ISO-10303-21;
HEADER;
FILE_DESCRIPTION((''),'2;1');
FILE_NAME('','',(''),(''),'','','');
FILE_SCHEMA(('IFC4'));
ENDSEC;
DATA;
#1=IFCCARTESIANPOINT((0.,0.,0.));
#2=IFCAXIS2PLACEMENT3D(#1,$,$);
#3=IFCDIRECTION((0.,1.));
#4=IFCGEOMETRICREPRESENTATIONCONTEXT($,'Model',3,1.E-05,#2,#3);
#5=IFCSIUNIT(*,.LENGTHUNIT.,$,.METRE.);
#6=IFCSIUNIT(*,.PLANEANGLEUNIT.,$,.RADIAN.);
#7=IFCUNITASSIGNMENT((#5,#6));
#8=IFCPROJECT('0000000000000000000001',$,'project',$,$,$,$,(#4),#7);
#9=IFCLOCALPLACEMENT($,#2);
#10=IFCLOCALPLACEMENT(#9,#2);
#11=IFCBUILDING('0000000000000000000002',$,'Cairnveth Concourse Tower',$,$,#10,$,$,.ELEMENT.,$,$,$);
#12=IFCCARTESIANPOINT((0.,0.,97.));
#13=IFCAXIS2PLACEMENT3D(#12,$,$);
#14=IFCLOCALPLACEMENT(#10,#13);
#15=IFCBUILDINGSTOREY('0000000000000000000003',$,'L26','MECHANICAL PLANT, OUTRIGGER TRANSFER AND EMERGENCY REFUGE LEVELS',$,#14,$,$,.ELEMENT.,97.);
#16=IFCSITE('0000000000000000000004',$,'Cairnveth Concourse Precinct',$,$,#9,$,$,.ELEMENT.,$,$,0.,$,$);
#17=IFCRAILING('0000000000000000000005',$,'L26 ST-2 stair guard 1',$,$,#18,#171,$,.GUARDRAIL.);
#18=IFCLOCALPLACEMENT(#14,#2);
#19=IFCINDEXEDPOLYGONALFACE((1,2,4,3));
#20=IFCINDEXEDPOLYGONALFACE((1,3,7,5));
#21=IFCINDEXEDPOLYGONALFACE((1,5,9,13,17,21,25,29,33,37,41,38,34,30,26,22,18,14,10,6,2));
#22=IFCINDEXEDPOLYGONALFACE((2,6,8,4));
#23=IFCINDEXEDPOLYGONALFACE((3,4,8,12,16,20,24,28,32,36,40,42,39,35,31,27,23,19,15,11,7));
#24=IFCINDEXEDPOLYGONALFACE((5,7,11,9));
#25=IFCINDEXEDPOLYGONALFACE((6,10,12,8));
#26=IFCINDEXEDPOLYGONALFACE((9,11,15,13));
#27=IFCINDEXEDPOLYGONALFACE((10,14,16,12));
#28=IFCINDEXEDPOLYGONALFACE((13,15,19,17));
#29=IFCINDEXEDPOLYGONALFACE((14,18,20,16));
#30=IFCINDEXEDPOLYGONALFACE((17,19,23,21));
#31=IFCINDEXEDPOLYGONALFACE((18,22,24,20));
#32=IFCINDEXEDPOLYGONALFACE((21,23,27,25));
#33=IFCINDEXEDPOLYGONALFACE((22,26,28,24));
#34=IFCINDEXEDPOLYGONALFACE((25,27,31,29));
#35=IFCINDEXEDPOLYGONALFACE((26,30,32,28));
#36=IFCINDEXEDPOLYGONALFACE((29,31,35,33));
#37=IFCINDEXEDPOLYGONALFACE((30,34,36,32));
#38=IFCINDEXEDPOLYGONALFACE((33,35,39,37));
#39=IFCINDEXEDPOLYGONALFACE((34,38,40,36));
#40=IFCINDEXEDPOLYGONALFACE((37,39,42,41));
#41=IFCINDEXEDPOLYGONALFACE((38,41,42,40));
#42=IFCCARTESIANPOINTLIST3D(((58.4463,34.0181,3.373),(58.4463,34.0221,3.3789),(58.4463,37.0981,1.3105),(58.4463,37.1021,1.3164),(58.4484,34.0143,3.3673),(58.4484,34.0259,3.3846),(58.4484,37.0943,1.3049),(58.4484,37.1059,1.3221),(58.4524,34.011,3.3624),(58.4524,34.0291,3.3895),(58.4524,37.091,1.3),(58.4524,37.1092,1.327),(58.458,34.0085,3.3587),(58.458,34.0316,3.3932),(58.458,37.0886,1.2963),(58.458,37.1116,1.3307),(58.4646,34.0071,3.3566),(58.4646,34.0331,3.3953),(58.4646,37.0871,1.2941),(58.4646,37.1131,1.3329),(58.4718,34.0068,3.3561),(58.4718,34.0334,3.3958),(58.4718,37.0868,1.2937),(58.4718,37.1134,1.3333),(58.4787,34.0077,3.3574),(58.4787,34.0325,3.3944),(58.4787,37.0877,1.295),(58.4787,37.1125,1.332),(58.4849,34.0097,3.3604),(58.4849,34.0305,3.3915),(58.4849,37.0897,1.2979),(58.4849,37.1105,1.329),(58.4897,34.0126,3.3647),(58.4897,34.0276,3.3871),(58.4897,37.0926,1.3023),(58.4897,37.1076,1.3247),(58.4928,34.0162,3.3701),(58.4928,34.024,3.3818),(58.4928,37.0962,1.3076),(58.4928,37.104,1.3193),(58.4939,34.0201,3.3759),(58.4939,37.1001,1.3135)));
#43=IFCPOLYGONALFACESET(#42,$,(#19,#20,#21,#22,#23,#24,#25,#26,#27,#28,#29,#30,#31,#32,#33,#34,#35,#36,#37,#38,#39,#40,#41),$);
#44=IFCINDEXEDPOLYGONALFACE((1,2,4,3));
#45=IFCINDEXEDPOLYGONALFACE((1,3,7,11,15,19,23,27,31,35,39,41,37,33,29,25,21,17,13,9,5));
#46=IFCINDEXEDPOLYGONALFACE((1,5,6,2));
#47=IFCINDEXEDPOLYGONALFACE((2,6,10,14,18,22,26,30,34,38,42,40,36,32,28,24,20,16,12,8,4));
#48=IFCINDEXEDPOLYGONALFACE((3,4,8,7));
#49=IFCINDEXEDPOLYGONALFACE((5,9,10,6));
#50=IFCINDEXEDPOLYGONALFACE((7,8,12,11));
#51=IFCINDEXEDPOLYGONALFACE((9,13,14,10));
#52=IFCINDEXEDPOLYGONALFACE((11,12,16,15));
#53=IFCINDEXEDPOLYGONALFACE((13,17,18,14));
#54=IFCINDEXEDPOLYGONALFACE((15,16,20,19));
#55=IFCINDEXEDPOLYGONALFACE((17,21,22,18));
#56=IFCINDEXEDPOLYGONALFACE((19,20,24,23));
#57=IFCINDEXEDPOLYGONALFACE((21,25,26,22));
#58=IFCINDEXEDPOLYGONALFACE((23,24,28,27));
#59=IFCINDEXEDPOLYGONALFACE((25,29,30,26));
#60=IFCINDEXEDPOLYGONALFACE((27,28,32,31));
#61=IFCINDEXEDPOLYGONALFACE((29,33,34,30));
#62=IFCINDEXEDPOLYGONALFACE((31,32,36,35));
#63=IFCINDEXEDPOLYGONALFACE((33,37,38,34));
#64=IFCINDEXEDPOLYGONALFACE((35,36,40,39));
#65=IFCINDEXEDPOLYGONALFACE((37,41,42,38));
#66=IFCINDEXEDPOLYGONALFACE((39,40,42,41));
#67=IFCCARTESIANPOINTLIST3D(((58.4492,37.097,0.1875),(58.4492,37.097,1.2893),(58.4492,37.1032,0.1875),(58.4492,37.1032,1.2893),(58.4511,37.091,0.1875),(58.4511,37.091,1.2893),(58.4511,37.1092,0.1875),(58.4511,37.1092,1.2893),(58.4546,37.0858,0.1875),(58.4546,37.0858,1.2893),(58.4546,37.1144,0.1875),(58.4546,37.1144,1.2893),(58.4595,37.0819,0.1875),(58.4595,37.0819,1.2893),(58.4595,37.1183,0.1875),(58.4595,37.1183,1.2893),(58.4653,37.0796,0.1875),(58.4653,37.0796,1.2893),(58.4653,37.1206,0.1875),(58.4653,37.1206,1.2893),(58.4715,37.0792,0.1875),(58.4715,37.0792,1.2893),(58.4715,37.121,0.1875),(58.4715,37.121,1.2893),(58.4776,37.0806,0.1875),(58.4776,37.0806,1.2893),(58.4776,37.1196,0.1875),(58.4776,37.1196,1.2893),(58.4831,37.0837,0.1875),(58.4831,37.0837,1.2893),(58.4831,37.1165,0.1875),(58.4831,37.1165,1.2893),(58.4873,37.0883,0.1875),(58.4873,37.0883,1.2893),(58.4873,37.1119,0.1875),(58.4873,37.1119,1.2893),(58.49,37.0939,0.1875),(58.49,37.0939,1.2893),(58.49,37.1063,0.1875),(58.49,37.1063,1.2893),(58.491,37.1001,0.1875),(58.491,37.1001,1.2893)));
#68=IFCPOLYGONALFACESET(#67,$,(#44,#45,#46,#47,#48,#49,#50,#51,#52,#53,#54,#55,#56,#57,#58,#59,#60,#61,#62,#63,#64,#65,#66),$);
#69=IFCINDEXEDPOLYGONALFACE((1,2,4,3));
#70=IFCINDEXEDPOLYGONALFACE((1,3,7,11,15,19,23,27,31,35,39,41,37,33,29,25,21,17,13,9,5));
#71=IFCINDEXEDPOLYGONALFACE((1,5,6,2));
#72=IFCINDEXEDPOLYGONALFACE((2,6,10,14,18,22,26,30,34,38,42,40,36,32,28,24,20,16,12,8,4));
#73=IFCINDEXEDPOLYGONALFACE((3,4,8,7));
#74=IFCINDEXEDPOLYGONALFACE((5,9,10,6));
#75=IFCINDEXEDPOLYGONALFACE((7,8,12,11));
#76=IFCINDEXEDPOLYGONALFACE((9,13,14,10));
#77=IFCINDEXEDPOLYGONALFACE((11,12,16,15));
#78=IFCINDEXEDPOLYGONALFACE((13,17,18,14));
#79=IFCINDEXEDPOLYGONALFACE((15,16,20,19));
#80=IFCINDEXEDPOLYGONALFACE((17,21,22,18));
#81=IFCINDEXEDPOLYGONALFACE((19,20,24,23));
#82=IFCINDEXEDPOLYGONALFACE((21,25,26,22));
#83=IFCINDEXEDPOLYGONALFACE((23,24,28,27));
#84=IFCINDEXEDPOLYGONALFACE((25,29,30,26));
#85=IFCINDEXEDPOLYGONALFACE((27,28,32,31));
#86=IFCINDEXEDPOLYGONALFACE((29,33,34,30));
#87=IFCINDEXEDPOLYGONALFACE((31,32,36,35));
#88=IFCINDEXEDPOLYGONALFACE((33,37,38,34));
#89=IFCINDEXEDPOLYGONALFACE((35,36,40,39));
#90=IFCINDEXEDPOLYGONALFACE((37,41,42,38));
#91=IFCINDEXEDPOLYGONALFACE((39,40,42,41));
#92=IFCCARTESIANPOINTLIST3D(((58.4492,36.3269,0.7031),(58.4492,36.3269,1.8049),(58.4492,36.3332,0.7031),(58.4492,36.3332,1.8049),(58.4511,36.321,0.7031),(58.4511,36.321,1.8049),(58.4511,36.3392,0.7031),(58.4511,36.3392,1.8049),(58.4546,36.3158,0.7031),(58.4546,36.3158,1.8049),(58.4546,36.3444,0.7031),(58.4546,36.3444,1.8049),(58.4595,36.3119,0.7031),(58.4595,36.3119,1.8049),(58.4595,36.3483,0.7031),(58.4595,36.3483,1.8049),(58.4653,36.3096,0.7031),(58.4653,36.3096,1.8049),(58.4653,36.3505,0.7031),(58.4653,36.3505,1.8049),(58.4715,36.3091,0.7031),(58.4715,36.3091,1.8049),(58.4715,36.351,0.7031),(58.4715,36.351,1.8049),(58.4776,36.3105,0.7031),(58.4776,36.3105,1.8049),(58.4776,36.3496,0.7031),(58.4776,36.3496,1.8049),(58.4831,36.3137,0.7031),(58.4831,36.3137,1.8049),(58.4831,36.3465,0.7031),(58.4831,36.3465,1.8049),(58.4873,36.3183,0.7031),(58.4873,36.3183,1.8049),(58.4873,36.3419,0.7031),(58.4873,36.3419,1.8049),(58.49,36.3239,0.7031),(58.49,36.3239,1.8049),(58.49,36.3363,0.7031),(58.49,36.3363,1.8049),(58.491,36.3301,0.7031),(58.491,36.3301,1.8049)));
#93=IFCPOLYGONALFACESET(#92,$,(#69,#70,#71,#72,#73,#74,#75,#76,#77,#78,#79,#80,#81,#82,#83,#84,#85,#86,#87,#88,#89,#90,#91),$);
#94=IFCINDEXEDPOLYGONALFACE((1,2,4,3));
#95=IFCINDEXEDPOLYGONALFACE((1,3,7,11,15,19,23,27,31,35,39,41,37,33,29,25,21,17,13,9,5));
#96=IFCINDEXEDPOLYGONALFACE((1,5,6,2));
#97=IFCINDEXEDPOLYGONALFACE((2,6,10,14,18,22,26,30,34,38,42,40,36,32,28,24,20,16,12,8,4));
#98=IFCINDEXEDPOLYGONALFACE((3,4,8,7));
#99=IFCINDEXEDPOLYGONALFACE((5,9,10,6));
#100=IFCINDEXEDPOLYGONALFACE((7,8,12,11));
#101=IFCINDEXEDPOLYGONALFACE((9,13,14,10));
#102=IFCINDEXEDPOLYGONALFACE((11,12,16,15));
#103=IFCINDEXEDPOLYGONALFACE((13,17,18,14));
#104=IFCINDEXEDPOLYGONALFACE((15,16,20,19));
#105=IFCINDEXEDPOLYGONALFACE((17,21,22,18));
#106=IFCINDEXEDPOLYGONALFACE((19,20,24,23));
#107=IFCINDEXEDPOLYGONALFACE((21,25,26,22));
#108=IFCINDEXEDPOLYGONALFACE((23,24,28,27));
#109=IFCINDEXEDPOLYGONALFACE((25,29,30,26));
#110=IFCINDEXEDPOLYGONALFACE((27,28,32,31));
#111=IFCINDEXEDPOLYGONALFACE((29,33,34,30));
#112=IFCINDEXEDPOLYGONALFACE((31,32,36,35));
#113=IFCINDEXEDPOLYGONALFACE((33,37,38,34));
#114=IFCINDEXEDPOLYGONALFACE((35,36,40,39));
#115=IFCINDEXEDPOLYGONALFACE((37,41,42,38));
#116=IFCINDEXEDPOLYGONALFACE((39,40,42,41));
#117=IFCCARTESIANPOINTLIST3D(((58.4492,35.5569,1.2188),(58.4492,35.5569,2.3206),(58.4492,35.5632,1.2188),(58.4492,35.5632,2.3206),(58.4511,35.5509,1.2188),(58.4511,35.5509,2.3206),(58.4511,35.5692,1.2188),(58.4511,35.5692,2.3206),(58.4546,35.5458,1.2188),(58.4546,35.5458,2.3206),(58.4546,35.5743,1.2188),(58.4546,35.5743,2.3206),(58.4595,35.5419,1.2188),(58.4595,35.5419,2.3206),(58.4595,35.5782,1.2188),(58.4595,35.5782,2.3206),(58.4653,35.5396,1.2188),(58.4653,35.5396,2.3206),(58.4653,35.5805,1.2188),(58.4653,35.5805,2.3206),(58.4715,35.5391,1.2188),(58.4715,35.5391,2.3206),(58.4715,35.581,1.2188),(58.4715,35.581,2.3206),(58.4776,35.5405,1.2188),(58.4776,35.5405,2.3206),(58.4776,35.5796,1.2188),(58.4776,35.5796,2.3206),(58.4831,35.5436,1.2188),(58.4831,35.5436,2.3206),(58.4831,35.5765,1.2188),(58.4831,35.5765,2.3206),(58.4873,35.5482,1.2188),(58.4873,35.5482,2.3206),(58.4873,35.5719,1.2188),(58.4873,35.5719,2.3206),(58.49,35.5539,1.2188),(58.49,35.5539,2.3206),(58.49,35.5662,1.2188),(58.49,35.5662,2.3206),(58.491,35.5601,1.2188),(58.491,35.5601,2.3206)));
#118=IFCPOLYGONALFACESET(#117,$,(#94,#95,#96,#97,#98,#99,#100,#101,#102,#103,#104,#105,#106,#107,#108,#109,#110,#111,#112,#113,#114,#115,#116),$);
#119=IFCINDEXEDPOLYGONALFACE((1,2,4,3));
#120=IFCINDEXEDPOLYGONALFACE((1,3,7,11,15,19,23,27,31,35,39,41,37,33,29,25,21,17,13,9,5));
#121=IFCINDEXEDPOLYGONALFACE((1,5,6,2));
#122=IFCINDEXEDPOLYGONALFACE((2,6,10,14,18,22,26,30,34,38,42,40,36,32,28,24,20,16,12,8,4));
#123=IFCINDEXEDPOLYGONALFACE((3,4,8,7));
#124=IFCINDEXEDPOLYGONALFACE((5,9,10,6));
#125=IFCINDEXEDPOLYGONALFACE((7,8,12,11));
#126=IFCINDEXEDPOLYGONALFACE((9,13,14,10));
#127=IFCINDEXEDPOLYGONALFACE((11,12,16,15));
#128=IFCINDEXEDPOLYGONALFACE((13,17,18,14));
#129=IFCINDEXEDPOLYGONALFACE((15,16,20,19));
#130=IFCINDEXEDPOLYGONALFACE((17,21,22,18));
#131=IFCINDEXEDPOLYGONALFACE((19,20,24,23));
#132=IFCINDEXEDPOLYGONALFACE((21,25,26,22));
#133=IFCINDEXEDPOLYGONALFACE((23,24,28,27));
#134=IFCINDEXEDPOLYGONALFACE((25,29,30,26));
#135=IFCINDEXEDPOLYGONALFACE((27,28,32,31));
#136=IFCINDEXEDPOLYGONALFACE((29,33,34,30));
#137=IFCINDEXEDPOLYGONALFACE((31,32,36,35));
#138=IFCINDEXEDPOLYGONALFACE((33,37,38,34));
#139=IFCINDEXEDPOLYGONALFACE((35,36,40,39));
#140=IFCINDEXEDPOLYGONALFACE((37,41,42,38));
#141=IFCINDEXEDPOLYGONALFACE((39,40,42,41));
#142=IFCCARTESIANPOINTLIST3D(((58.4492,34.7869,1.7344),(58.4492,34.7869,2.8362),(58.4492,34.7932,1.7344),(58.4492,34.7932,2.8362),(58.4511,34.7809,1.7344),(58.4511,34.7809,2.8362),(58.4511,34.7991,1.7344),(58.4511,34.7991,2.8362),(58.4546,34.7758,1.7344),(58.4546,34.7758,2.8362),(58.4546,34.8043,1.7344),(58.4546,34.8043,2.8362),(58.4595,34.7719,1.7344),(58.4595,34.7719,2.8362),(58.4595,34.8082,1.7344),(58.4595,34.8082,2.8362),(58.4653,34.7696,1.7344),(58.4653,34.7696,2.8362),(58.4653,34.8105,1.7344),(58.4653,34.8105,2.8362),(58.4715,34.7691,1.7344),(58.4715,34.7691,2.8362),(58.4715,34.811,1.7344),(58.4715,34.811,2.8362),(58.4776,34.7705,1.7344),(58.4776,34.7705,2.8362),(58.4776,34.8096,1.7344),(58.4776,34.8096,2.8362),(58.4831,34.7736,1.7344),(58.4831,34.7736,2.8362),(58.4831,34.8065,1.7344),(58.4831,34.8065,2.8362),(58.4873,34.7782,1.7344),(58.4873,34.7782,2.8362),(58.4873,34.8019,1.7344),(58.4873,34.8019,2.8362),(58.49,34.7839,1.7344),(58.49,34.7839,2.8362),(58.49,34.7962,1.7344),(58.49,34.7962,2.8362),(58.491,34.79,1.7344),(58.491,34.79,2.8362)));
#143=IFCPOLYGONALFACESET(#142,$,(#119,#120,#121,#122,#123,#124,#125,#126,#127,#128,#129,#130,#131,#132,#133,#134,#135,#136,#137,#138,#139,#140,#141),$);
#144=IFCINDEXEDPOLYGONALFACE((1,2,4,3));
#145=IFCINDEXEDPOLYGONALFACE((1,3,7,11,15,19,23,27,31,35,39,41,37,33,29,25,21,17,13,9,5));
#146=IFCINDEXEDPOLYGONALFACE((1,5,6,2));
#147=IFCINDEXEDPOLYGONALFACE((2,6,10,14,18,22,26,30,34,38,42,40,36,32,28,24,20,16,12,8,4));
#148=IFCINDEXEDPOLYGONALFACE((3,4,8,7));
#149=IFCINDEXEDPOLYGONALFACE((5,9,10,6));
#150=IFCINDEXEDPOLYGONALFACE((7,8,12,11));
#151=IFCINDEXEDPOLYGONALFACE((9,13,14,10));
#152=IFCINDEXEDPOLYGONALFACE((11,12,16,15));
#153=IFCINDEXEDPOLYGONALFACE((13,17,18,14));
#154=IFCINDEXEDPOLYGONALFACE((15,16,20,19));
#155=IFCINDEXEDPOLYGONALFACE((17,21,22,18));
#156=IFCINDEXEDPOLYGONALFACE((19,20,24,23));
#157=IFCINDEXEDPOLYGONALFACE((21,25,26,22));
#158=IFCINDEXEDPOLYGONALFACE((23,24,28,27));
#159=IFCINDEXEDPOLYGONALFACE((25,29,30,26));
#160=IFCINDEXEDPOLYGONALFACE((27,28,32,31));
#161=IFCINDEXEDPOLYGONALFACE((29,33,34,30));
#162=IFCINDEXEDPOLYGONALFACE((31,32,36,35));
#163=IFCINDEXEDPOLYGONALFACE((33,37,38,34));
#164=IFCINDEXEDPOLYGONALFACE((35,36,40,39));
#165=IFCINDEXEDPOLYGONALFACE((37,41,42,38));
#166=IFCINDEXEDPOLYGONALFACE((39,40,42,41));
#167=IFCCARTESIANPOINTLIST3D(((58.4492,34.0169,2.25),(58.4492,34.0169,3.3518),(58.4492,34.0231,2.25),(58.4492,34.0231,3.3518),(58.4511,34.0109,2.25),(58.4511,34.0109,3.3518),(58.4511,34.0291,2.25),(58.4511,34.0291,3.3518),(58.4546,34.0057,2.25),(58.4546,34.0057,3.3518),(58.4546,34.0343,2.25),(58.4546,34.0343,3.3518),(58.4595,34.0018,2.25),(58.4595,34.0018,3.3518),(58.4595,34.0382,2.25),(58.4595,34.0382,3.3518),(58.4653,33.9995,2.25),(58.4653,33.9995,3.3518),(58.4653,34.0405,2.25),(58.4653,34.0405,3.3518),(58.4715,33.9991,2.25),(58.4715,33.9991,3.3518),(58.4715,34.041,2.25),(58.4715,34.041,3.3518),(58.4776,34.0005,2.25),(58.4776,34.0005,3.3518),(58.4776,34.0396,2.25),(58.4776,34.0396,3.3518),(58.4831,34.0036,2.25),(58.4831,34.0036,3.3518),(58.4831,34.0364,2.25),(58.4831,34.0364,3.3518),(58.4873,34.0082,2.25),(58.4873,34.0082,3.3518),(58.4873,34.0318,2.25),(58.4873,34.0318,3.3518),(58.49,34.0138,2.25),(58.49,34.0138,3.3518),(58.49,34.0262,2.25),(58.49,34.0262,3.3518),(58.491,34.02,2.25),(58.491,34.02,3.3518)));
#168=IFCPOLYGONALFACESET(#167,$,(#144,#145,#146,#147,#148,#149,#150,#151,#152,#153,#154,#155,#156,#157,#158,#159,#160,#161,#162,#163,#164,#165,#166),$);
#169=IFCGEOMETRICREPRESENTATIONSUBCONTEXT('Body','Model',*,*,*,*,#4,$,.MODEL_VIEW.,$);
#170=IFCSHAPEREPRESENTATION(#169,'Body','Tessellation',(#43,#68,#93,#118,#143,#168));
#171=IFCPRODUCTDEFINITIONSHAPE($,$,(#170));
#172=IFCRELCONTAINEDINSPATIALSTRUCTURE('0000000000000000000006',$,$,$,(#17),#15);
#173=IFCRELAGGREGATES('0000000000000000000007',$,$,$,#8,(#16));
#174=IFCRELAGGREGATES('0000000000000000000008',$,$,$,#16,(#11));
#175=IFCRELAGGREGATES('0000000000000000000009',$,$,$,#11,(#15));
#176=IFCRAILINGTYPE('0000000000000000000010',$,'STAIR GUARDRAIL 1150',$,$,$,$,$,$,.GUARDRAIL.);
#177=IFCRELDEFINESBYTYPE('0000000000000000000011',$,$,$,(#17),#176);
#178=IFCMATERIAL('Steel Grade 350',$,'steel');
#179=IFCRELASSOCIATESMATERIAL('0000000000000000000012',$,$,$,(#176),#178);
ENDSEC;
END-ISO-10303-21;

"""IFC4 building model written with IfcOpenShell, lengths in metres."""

from ifc_helpers import new_model, si_unit, direction, frame, origin, origin_2d, place, context, subcontext, project, spatial, circle, extrude, material, type_object, element, save


model = new_model("IFC4")

# Units and contexts
model_context = context("Model", 3, precision=1e-05, world=origin(), true_north=direction((0.0, 1.0)))
body_context = subcontext(model_context, "Body", "Model", "MODEL_VIEW")
ifc_project = project(units=[si_unit("LENGTHUNIT", "METRE"), si_unit("PLANEANGLEUNIT", "RADIAN")], contexts=[model_context])

# Site, building, storey
site_placement = place(None, origin())
site = spatial("IfcSite", under=ifc_project, at=site_placement, Name="Cairnveth Concourse Precinct", CompositionType="ELEMENT", RefElevation=0.0)
building_placement = place(site_placement, origin())
building = spatial("IfcBuilding", under=site, at=building_placement, Name="Cairnveth Concourse Tower", CompositionType="ELEMENT")
storey_placement = place(building_placement, frame((0.0, 0.0, 97.0)))
storey = spatial("IfcBuildingStorey", under=building, at=storey_placement, Name="L26", Description="MECHANICAL PLANT, OUTRIGGER TRANSFER AND EMERGENCY REFUGE LEVELS", CompositionType="ELEMENT", Elevation=97.0)

# Shared definitions
ifc_material_1 = material(Name="Steel Grade 350", Category="steel")

# Railing
railing_type_1 = type_object("IfcRailingType", Name="STAIR GUARDRAIL 1150", PredefinedType="GUARDRAIL", material=ifc_material_1)
railing_1_placement = place(storey_placement, frame((58.47, 37.1001, 0.1875)))
element("IfcRailing", 1, at=railing_1_placement, inside=storey, type_object=railing_type_1, Name="L26 ST-2 stair guard 1", PredefinedType="GUARDRAIL", context=body_context, shape_type="SweptSolid", body=[
    extrude(circle(Radius=0.0239, at=origin_2d()), frame((0.0, 0.0, 1.126), z_axis=(0.0, -0.830914, 0.556401), x_axis=(1.0, 0.0, 0.0)), (0.0, 0.0, 1.0), 3.7068),
    extrude(circle(Radius=0.021, at=origin_2d()), origin(), (0.0, 0.0, 1.0), 1.1018),
    extrude(circle(Radius=0.021, at=origin_2d()), frame((0.0, -0.77, 0.5156)), (0.0, 0.0, 1.0), 1.1018),
    extrude(circle(Radius=0.021, at=origin_2d()), frame((0.0, -1.54, 1.0312)), (0.0, 0.0, 1.0), 1.1018),
    extrude(circle(Radius=0.021, at=origin_2d()), frame((0.0, -2.3101, 1.5469)), (0.0, 0.0, 1.0), 1.1018),
    extrude(circle(Radius=0.021, at=origin_2d()), frame((0.0, -3.0801, 2.0625)), (0.0, 0.0, 1.0), 1.1018),
])

save(model, "model.ifc")
